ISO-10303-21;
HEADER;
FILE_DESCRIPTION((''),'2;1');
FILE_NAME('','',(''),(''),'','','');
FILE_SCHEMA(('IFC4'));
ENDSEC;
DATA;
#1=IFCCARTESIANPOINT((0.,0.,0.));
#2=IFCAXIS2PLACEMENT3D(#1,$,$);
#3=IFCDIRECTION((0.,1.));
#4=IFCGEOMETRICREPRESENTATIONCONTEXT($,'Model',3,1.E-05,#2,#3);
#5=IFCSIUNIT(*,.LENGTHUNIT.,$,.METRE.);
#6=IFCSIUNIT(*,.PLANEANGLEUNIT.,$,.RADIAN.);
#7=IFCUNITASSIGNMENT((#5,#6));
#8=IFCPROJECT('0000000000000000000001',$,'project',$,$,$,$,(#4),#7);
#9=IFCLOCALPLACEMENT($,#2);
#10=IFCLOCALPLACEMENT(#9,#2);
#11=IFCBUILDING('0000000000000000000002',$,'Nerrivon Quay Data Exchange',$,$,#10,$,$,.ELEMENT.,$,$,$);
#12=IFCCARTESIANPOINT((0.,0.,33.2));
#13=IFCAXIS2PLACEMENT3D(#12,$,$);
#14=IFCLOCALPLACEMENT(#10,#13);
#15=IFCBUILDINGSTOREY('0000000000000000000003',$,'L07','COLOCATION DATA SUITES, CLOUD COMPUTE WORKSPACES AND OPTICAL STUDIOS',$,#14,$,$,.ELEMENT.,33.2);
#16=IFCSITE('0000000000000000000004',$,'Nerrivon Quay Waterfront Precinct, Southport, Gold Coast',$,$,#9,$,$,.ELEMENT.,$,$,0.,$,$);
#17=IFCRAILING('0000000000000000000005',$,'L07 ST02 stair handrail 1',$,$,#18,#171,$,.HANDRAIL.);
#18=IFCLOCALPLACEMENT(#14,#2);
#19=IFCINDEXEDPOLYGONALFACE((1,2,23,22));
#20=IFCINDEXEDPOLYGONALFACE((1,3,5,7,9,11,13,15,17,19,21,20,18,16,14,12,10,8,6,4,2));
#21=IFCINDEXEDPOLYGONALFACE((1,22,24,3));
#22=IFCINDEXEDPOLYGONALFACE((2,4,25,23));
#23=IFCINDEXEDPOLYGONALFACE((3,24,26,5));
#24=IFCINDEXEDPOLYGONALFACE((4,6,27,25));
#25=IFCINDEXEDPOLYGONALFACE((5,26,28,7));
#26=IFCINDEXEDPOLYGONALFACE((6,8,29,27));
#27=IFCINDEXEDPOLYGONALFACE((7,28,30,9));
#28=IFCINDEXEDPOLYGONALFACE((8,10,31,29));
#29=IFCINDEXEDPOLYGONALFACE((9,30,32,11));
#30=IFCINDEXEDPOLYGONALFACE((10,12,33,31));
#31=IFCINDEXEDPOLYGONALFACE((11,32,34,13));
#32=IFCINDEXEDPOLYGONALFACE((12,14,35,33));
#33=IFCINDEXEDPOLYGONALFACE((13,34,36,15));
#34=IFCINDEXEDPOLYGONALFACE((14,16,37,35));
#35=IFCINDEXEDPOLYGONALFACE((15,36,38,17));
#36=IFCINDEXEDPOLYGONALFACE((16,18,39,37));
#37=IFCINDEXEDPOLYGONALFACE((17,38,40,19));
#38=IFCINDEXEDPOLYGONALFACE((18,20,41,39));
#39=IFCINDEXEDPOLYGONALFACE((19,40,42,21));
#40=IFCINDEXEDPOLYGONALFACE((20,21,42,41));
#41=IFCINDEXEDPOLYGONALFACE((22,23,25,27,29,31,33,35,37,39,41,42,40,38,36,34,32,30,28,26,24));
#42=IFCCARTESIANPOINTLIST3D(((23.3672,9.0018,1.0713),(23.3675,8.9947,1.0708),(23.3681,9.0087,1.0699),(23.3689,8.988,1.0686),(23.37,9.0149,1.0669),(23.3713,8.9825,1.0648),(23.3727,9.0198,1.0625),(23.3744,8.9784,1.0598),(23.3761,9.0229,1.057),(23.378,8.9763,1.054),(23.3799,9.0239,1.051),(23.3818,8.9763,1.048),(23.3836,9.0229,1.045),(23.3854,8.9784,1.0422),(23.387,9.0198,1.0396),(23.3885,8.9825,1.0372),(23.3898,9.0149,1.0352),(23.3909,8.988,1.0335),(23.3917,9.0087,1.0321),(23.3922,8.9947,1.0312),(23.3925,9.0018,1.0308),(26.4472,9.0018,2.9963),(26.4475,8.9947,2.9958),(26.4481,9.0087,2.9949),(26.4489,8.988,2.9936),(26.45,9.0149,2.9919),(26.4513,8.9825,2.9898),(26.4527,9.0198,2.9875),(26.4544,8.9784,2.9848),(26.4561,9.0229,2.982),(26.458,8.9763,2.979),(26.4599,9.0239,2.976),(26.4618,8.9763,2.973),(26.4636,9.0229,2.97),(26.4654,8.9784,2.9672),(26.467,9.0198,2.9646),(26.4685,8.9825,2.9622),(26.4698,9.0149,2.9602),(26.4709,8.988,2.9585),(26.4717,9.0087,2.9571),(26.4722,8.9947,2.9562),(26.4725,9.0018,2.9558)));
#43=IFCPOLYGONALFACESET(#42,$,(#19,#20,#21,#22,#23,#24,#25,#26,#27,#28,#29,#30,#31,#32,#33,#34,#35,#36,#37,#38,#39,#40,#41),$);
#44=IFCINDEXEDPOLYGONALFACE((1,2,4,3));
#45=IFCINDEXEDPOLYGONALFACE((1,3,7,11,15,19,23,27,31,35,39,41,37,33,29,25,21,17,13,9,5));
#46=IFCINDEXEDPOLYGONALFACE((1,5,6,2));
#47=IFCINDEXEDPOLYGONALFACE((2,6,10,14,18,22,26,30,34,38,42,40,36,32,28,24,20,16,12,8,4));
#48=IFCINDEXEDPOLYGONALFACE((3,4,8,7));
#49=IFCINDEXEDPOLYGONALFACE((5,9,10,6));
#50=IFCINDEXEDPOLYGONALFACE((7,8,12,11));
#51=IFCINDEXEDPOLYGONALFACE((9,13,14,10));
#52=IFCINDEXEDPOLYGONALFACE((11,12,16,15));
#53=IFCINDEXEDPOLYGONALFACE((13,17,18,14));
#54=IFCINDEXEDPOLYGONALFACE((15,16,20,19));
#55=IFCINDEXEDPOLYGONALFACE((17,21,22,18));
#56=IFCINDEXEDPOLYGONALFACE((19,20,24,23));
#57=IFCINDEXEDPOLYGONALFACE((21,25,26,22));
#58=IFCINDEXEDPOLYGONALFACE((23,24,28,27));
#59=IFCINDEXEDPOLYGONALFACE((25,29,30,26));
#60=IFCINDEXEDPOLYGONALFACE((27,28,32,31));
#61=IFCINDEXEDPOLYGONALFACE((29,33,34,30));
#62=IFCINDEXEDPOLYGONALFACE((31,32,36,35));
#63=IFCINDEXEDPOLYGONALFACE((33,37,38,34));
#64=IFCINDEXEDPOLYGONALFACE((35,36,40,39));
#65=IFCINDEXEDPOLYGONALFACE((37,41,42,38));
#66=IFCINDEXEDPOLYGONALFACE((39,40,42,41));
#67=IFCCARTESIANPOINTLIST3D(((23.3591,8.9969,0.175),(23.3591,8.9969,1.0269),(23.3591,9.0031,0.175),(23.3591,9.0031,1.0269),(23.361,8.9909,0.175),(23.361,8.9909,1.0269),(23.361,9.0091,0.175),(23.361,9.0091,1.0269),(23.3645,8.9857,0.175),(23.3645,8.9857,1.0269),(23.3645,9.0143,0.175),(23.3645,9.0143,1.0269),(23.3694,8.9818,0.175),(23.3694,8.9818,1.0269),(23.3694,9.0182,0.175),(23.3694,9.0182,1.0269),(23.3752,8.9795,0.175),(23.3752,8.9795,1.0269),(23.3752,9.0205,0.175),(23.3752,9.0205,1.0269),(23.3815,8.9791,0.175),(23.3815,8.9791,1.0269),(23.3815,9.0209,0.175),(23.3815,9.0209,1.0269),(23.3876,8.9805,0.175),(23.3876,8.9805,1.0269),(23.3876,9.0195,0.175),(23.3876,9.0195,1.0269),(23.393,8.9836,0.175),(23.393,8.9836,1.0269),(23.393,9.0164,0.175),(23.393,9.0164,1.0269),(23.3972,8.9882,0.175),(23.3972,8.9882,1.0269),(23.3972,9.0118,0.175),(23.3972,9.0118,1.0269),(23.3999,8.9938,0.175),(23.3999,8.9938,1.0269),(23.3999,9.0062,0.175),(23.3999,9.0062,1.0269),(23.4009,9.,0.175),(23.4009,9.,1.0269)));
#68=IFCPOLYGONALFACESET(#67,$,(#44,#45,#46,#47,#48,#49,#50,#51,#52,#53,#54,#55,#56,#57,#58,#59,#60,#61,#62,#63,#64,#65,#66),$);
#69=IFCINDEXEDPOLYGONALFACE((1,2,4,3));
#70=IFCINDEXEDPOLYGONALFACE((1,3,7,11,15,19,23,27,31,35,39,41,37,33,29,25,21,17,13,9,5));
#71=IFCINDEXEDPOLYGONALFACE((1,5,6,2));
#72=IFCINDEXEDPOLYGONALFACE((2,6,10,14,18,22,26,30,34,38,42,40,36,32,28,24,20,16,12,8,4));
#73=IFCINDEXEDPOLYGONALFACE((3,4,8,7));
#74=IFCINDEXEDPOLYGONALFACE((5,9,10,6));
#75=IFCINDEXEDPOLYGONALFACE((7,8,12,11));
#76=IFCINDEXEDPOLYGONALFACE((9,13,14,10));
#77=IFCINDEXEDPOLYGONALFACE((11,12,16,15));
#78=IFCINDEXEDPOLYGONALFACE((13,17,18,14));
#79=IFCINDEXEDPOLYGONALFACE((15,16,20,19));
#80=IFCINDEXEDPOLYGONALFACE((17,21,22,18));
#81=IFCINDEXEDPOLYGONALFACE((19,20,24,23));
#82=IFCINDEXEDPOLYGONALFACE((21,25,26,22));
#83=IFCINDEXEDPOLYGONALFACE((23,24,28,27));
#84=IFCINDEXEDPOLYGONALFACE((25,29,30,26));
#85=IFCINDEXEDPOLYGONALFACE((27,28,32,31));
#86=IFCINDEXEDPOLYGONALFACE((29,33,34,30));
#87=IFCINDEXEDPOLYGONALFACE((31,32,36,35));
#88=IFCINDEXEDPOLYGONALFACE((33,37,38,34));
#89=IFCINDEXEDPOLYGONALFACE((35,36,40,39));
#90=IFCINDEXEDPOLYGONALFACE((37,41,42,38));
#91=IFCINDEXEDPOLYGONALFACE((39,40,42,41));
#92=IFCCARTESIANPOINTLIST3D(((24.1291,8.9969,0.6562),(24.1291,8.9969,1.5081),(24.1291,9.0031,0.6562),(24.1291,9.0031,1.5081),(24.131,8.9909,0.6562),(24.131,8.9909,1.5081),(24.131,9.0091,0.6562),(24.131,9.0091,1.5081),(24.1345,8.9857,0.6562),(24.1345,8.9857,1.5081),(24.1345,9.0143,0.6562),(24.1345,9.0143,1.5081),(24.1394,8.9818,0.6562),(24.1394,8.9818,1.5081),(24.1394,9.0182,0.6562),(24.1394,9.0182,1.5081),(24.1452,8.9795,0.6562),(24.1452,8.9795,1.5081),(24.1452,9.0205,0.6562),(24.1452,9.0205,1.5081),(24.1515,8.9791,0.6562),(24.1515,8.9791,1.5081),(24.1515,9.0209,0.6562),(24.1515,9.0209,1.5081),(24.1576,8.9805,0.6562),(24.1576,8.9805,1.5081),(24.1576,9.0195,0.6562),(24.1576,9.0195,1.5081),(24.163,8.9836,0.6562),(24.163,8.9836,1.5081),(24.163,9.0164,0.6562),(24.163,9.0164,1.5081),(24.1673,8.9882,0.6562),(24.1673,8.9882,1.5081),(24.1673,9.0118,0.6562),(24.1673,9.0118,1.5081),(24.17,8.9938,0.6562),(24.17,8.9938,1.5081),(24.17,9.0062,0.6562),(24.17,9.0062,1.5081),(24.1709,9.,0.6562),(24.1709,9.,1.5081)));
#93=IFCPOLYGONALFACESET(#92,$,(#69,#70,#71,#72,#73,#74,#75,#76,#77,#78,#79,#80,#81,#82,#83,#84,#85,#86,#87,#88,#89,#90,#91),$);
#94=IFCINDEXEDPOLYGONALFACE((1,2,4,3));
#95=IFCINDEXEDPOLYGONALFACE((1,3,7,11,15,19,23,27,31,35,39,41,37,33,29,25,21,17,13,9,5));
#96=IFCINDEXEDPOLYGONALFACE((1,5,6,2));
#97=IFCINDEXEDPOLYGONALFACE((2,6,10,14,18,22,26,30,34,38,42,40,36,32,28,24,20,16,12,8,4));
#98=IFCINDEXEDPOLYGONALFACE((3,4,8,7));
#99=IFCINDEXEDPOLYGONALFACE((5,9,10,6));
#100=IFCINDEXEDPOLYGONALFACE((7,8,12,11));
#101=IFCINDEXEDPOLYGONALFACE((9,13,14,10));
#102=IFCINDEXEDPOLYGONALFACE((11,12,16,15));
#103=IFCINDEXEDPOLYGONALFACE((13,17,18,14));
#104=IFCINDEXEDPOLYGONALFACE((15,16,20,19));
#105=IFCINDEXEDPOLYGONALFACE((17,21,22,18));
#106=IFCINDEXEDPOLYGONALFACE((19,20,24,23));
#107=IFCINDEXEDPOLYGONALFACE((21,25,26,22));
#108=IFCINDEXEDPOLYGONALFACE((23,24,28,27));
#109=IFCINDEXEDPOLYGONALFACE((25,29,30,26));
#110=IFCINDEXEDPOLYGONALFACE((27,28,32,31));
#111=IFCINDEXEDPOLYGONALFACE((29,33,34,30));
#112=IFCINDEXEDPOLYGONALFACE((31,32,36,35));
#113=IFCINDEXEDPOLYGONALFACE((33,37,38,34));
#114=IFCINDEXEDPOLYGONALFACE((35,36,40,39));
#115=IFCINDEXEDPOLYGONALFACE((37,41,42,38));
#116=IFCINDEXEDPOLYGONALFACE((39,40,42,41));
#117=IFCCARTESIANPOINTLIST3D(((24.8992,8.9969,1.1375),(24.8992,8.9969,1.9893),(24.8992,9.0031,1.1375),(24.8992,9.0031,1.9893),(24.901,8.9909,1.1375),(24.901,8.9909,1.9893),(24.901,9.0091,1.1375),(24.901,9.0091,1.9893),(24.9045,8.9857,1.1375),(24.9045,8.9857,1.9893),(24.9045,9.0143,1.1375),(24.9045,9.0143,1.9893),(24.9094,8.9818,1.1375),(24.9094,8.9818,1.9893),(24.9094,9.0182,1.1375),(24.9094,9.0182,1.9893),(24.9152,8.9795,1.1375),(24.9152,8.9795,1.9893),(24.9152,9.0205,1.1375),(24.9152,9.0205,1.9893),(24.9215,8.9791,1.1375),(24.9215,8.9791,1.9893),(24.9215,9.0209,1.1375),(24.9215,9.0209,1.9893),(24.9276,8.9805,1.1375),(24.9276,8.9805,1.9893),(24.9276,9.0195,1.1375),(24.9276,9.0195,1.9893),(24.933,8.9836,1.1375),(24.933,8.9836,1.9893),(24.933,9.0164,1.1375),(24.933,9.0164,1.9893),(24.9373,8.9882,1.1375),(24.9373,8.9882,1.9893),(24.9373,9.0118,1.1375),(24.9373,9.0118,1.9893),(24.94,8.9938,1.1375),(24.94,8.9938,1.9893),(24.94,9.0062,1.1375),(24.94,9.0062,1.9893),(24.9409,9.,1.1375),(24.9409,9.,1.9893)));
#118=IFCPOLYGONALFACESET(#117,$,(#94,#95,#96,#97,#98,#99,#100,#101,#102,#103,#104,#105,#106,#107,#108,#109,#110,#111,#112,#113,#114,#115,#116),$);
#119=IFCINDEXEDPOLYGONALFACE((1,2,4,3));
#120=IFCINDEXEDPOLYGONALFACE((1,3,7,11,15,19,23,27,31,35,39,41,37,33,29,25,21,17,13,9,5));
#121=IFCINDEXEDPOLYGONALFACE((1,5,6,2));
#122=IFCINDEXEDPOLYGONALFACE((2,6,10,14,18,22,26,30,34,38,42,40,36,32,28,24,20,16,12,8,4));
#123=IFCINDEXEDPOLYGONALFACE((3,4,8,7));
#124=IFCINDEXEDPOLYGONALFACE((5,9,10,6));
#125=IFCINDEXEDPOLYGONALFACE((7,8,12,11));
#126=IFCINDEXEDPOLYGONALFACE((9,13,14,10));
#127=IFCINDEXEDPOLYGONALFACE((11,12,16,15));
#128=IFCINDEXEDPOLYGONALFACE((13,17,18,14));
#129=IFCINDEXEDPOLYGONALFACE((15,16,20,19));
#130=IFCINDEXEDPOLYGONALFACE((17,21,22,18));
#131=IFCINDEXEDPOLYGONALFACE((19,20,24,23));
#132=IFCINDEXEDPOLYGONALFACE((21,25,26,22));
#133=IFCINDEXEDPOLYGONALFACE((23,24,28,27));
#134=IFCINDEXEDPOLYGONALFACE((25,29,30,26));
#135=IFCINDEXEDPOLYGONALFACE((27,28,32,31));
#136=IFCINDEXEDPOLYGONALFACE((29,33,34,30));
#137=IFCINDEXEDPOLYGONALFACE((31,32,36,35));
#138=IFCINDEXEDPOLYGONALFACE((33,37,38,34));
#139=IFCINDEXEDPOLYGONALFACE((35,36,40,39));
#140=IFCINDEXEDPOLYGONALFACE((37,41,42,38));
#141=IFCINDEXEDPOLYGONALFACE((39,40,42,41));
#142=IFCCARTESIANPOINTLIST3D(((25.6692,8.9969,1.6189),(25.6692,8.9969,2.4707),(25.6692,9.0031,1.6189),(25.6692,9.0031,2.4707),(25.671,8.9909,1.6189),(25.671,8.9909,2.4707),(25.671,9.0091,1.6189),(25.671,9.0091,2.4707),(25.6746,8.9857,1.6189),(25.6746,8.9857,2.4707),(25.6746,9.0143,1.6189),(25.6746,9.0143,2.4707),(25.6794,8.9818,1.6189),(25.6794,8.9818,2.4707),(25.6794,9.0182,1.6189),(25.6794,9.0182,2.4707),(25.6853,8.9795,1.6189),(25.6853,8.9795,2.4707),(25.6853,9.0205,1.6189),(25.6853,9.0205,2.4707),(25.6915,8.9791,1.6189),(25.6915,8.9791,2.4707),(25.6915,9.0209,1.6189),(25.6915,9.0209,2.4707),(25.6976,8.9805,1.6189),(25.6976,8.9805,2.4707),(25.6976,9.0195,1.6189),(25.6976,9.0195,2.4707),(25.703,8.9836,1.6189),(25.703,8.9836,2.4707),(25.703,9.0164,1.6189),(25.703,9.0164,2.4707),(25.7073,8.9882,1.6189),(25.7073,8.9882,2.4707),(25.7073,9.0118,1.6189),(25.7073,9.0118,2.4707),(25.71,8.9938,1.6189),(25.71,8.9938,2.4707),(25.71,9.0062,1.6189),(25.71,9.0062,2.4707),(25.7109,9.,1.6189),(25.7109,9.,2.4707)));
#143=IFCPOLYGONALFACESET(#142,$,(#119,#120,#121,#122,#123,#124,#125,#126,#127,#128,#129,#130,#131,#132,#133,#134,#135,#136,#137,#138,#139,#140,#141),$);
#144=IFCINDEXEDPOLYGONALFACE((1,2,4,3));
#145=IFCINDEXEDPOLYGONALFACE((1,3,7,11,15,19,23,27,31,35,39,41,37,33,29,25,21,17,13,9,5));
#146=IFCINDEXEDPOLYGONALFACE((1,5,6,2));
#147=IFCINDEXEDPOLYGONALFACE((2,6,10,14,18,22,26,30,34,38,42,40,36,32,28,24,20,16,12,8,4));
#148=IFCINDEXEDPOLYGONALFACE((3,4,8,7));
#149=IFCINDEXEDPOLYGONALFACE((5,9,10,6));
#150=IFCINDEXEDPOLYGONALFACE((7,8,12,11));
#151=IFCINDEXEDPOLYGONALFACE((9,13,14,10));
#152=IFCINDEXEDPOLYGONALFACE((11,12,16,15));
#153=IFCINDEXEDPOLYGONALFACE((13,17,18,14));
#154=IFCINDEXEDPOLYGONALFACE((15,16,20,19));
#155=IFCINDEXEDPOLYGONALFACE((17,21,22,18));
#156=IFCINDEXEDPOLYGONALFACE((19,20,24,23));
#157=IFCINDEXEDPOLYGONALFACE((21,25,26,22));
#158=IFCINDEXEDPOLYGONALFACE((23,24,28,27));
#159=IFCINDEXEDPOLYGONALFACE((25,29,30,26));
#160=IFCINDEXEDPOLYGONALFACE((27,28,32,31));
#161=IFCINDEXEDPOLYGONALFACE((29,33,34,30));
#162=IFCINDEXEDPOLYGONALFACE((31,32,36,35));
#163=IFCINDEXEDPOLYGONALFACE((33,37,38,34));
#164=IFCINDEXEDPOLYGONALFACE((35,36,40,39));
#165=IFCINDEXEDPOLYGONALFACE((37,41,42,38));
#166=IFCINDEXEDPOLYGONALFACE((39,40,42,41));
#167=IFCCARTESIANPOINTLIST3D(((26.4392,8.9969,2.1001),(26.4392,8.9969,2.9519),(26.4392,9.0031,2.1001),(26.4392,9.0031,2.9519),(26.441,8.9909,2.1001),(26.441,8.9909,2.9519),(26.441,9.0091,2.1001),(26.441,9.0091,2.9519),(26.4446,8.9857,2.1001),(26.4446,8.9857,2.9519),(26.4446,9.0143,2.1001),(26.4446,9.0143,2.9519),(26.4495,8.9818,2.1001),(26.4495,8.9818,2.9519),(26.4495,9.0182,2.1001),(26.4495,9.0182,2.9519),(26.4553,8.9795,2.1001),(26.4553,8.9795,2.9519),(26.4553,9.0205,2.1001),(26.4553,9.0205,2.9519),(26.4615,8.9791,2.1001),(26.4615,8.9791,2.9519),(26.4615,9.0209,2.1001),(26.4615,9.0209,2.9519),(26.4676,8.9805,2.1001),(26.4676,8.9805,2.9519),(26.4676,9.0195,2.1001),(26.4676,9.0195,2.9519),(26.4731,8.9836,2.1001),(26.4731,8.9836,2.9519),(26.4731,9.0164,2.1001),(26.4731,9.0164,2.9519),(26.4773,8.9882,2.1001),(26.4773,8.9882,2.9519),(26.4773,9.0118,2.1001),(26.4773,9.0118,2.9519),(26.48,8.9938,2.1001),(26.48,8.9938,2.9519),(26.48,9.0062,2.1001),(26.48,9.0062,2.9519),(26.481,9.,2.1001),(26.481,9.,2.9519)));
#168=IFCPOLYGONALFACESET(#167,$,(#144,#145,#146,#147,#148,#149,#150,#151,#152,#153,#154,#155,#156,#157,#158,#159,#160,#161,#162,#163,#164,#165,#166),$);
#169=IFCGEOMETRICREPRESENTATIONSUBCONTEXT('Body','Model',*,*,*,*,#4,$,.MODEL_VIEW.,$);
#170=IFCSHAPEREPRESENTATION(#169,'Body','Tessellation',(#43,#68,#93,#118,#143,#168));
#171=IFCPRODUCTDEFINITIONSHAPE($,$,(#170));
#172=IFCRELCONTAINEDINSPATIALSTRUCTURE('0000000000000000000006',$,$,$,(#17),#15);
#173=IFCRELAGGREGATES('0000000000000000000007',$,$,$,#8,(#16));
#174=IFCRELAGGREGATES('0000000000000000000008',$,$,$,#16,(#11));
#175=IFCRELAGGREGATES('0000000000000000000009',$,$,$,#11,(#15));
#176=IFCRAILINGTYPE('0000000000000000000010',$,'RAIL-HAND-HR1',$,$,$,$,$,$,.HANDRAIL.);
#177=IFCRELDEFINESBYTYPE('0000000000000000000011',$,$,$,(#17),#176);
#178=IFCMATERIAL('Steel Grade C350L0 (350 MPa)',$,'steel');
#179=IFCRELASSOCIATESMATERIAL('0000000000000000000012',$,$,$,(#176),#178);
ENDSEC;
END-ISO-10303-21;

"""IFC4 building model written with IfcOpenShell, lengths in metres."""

from ifc_helpers import new_model, si_unit, direction, frame, origin, origin_2d, place, context, subcontext, project, spatial, circle, extrude, material, type_object, element, save


model = new_model("IFC4")

# Units and contexts
model_context = context("Model", 3, precision=1e-05, world=origin(), true_north=direction((0.0, 1.0)))
body_context = subcontext(model_context, "Body", "Model", "MODEL_VIEW")
ifc_project = project(units=[si_unit("LENGTHUNIT", "METRE"), si_unit("PLANEANGLEUNIT", "RADIAN")], contexts=[model_context])

# Site, building, storey
site_placement = place(None, origin())
site = spatial("IfcSite", under=ifc_project, at=site_placement, Name="Nerrivon Quay Waterfront Precinct, Southport, Gold Coast", CompositionType="ELEMENT", RefElevation=0.0)
building_placement = place(site_placement, origin())
building = spatial("IfcBuilding", under=site, at=building_placement, Name="Nerrivon Quay Data Exchange", CompositionType="ELEMENT")
storey_placement = place(building_placement, frame((0.0, 0.0, 33.2)))
storey = spatial("IfcBuildingStorey", under=building, at=storey_placement, Name="L07", Description="COLOCATION DATA SUITES, CLOUD COMPUTE WORKSPACES AND OPTICAL STUDIOS", CompositionType="ELEMENT", Elevation=33.2)

# Railing
ifc_material_1 = material(Name="Steel Grade C350L0 (350 MPa)", Category="steel")
railing_type_1 = type_object("IfcRailingType", Name="RAIL-HAND-HR1", PredefinedType="HANDRAIL", material=ifc_material_1)
railing_1_placement = place(storey_placement, frame((23.3799, 9.0, 0.175)))
element("IfcRailing", 1, at=railing_1_placement, inside=storey, type_object=railing_type_1, Name="L07 ST02 stair handrail 1", PredefinedType="HANDRAIL", context=body_context, shape_type="SweptSolid", body=[
    extrude(circle(Radius=0.0239, at=origin_2d()), frame((0.0, 0.0, 0.876), z_axis=(0.847998, 0.0, 0.529999), x_axis=(0.0, 1.0, 0.0)), (0.0, 0.0, 1.0), 3.6321),
    extrude(circle(Radius=0.021, at=origin_2d()), origin(), (0.0, 0.0, 1.0), 0.8518),
    extrude(circle(Radius=0.021, at=origin_2d()), frame((0.77, 0.0, 0.4812)), (0.0, 0.0, 1.0), 0.8518),
    extrude(circle(Radius=0.021, at=origin_2d()), frame((1.54, 0.0, 0.9624)), (0.0, 0.0, 1.0), 0.8518),
    extrude(circle(Radius=0.021, at=origin_2d()), frame((2.3101, 0.0, 1.4438)), (0.0, 0.0, 1.0), 0.8518),
    extrude(circle(Radius=0.021, at=origin_2d()), frame((3.0801, 0.0, 1.925)), (0.0, 0.0, 1.0), 0.8518),
])

save(model, "model.ifc")
